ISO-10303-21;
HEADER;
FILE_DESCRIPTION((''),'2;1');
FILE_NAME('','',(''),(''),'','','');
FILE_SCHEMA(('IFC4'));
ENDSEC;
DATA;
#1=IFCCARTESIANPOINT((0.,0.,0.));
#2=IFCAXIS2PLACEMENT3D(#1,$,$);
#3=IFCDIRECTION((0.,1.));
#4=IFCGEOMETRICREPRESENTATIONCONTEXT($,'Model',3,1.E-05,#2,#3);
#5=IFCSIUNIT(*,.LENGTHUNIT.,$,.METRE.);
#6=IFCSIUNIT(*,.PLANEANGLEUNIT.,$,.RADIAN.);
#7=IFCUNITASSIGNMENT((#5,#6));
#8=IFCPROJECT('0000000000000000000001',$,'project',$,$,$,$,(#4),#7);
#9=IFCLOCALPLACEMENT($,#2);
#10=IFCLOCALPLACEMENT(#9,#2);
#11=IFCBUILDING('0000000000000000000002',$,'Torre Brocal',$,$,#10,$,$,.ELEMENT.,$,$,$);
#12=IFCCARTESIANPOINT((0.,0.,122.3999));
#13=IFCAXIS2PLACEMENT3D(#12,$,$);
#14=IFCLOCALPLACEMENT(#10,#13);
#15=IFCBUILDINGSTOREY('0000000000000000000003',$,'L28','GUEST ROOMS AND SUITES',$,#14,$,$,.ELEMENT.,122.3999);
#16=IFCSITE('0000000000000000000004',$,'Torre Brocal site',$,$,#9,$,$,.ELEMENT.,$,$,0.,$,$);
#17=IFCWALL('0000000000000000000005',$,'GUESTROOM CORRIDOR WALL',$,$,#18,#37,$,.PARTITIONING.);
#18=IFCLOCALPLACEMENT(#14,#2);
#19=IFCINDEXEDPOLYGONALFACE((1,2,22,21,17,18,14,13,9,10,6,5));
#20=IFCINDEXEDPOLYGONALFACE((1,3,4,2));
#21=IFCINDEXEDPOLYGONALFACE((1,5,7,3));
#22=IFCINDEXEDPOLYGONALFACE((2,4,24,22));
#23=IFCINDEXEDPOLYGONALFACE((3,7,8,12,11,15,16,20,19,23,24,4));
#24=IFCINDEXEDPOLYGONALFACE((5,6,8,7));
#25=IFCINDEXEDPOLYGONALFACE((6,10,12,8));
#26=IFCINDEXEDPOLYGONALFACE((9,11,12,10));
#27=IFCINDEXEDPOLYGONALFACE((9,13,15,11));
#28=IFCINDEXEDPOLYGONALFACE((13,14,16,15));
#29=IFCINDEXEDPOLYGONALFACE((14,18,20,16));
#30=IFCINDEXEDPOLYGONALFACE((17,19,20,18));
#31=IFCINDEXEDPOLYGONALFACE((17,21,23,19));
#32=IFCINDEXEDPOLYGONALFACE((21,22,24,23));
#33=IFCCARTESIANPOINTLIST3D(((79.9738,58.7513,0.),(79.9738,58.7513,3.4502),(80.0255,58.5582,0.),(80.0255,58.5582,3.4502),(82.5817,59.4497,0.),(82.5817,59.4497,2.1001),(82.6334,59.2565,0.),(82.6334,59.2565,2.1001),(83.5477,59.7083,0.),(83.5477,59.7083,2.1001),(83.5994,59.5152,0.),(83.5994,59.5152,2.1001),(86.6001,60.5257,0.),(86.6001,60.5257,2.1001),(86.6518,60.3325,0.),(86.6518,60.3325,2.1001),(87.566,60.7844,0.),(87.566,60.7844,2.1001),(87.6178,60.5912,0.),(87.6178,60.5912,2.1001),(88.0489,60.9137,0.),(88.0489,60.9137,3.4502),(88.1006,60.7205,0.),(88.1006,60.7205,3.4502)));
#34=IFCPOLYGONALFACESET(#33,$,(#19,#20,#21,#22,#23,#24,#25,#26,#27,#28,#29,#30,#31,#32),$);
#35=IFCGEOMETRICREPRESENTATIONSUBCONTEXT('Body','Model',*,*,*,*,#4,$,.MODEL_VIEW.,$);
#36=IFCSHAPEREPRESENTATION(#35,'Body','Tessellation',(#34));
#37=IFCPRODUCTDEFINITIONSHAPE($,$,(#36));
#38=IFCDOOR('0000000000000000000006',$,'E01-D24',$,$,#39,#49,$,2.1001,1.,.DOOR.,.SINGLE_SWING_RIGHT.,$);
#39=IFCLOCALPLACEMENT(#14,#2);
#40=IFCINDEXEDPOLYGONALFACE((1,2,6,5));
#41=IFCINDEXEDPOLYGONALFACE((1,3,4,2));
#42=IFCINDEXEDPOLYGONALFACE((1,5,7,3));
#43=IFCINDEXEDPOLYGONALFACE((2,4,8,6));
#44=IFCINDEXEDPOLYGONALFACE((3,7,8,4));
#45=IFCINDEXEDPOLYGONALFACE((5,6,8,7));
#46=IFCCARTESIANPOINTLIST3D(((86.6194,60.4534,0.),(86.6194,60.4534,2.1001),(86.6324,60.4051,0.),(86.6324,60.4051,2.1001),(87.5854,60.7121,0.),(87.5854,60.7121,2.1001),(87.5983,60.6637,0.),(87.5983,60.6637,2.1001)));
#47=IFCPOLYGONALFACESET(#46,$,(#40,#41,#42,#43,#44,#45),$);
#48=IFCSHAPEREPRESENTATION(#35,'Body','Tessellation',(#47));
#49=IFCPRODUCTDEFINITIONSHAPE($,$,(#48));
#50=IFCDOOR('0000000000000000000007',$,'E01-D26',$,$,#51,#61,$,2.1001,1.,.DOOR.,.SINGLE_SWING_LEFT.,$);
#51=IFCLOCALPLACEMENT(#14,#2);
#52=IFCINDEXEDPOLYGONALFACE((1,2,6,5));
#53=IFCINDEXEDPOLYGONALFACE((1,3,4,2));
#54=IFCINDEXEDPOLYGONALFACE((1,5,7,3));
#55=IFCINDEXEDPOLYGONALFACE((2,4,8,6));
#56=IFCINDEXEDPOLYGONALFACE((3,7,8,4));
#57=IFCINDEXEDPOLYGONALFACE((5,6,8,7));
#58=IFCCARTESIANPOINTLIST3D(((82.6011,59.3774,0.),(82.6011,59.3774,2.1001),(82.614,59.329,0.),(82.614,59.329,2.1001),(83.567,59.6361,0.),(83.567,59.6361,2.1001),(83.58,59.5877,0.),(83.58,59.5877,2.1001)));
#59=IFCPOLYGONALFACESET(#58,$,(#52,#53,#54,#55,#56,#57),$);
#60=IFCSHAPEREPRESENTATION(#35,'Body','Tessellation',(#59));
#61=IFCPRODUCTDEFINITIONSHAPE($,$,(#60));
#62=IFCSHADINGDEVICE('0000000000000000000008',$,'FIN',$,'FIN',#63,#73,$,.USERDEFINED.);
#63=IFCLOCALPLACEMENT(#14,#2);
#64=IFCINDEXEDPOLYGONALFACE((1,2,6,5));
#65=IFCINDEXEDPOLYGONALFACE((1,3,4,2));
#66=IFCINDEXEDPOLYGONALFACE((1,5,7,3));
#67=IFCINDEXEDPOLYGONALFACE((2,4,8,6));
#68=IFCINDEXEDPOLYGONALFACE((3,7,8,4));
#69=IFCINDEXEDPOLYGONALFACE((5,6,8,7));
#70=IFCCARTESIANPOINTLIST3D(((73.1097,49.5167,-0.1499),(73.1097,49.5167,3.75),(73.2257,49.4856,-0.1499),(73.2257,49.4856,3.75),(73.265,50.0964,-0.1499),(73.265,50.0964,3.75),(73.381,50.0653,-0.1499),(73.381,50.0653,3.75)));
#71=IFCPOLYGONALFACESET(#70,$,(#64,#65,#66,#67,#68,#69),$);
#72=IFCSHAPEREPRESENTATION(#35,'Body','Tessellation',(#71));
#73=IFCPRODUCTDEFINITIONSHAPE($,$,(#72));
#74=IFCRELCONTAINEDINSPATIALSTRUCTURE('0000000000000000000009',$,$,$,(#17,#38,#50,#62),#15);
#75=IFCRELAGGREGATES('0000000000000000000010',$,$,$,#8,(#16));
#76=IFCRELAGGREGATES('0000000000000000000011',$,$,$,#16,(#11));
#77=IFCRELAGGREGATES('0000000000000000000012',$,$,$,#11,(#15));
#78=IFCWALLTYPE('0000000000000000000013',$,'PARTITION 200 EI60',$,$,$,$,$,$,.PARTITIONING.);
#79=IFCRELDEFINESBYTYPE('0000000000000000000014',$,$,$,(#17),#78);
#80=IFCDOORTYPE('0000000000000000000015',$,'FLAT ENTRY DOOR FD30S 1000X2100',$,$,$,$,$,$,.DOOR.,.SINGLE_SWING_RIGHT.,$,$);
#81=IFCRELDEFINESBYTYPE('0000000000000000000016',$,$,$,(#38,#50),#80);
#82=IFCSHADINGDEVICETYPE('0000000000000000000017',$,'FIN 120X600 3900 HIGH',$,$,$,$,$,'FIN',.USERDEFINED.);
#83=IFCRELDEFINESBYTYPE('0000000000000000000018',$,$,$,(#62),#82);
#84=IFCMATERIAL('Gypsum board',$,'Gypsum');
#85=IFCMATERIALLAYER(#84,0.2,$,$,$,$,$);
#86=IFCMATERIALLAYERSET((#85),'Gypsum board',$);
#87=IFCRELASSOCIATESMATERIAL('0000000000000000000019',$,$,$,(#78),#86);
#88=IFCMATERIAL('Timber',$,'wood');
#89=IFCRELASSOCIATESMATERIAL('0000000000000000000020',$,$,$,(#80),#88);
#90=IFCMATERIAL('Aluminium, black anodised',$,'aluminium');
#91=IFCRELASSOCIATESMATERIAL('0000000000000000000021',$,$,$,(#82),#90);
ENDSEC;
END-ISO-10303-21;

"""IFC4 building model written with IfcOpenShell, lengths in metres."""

from ifc_helpers import new_model, si_unit, direction, frame, frame_2d, origin, origin_2d, place, context, subcontext, project, spatial, rectangle, extrude, material, layer, layer_set, material_profile, profile_set, type_object, element, fill, save


model = new_model("IFC4")

# Units and contexts
model_context = context("Model", 3, precision=1e-05, world=origin(), true_north=direction((0.0, 1.0)))
body_context = subcontext(model_context, "Body", "Model", "MODEL_VIEW")
ifc_project = project(units=[si_unit("LENGTHUNIT", "METRE"), si_unit("PLANEANGLEUNIT", "RADIAN")], contexts=[model_context])

# Site, building, storey
site_placement = place(None, origin())
site = spatial("IfcSite", under=ifc_project, at=site_placement, Name="Torre Brocal site", CompositionType="ELEMENT", RefElevation=0.0)
building_placement = place(site_placement, origin())
building = spatial("IfcBuilding", under=site, at=building_placement, Name="Torre Brocal", CompositionType="ELEMENT")
storey_placement = place(building_placement, frame((0.0, 0.0, 122.3999)))
storey = spatial("IfcBuildingStorey", under=building, at=storey_placement, Name="L28", Description="GUEST ROOMS AND SUITES", CompositionType="ELEMENT", Elevation=122.3999)

# Shared definitions
ifc_material_1 = material(Name="Gypsum board", Category="Gypsum")
ifc_layer_1 = layer(ifc_material_1, 0.2)
ifc_layer_set_1 = layer_set([ifc_layer_1], Name="Gypsum board")
wall_type_1 = type_object("IfcWallType", Name="PARTITION 200 EI60", PredefinedType="PARTITIONING", material=ifc_layer_set_1)

# Wall, openings, doors
wall_1_placement = place(storey_placement, frame((79.9998, 58.6548, 0.0), z_axis=(0.0, 0.0, 1.0), x_axis=(0.965967, 0.258664, 0.0)))
wall_1 = element("IfcWall", 1, at=wall_1_placement, inside=storey, type_object=wall_type_1, Name="GUESTROOM CORRIDOR WALL", PredefinedType="PARTITIONING", context=body_context, shape_type="SweptSolid", body=[
    extrude(rectangle(XDim=8.3596, YDim=0.2, at=frame_2d((4.1797, 0.0))), origin(), (0.0, 0.0, 1.0), 3.4502),
])
opening_1_placement = place(wall_1_placement, frame((6.8596, 0.0, 0.0)))
opening_1 = element("IfcOpeningElement", 2, at=opening_1_placement, cuts=wall_1, PredefinedType="OPENING", context=body_context, shape_type="SweptSolid", body=[
    extrude(rectangle(XDim=1.0, YDim=2.1001, at=frame_2d((0.5, 1.05))), frame((0.0, 0.1099, 0.0), z_axis=(0.0, -1.0, 0.0), x_axis=(1.0, 0.0, 0.0)), (0.0, 0.0, 1.0), 0.22),
])
opening_2_placement = place(wall_1_placement, frame((2.6997, 0.0, 0.0)))
opening_2 = element("IfcOpeningElement", 3, at=opening_2_placement, cuts=wall_1, PredefinedType="OPENING", context=body_context, shape_type="SweptSolid", body=[
    extrude(rectangle(XDim=1.0, YDim=2.1001, at=frame_2d((0.5, 1.05))), frame((0.0, 0.1099, 0.0), z_axis=(0.0, -1.0, 0.0), x_axis=(1.0, 0.0, 0.0)), (0.0, 0.0, 1.0), 0.22),
])
ifc_material_2 = material(Name="Timber", Category="wood")
door_type_1 = type_object("IfcDoorType", Name="FLAT ENTRY DOOR FD30S 1000X2100", OperationType="SINGLE_SWING_RIGHT", PredefinedType="DOOR", material=ifc_material_2)
door_1_placement = place(opening_1_placement, frame((1.0, 0.0, 0.0), z_axis=(0.0, 0.0, 1.0), x_axis=(-1.0, 0.0, 0.0)))
door_1 = element("IfcDoor", 4, at=door_1_placement, inside=storey, type_object=door_type_1, Name="E01-D24", OperationType="SINGLE_SWING_RIGHT", OverallHeight=2.1001, OverallWidth=1.0, PredefinedType="DOOR", context=body_context, shape_type="SweptSolid", body=[
    extrude(rectangle(XDim=1.0, YDim=2.1001, at=frame_2d((0.5, 1.05))), frame((0.0, 0.0249, 0.0), z_axis=(0.0, -1.0, 0.0), x_axis=(1.0, 0.0, 0.0)), (0.0, 0.0, 1.0), 0.05),
])
fill(opening_1, door_1)
door_2_placement = place(opening_2_placement, frame((1.0, 0.0, 0.0), z_axis=(0.0, 0.0, 1.0), x_axis=(-1.0, 0.0, 0.0)))
door_2 = element("IfcDoor", 5, at=door_2_placement, inside=storey, type_object=door_type_1, Name="E01-D26", OperationType="SINGLE_SWING_LEFT", OverallHeight=2.1001, OverallWidth=1.0, PredefinedType="DOOR", context=body_context, shape_type="SweptSolid", body=[
    extrude(rectangle(XDim=1.0, YDim=2.1001, at=frame_2d((0.5, 1.05))), frame((0.0, 0.0249, 0.0), z_axis=(0.0, -1.0, 0.0), x_axis=(1.0, 0.0, 0.0)), (0.0, 0.0, 1.0), 0.05),
])
fill(opening_2, door_2)

# Shading device
ifc_material_3 = material(Name="Aluminium, black anodised", Category="aluminium")
ifc_material_profile_1 = material_profile(ifc_material_3, rectangle(XDim=0.1201, YDim=0.6001, at=origin_2d()), Name="FIN 120X600 3900 HIGH")
ifc_profile_set_1 = profile_set([ifc_material_profile_1], Name="Aluminium, black anodised")
shading_device_type = type_object("IfcShadingDeviceType", Name="FIN 120X600 3900 HIGH", ElementType="FIN", PredefinedType="USERDEFINED", material=ifc_profile_set_1)
shading_device_placement = place(storey_placement, frame((73.2454, 49.791, -0.1499), z_axis=(0.0, 0.0, 1.0), x_axis=(0.965926, -0.258819, 0.0)))
element("IfcShadingDevice", 6, at=shading_device_placement, inside=storey, type_object=shading_device_type, Name="FIN", ObjectType="FIN", PredefinedType="USERDEFINED", context=body_context, shape_type="SweptSolid", body=[
    extrude(rectangle(XDim=0.1201, YDim=0.6001, at=origin_2d()), origin(), (0.0, 0.0, 1.0), 3.8999),
])

save(model, "model.ifc")
